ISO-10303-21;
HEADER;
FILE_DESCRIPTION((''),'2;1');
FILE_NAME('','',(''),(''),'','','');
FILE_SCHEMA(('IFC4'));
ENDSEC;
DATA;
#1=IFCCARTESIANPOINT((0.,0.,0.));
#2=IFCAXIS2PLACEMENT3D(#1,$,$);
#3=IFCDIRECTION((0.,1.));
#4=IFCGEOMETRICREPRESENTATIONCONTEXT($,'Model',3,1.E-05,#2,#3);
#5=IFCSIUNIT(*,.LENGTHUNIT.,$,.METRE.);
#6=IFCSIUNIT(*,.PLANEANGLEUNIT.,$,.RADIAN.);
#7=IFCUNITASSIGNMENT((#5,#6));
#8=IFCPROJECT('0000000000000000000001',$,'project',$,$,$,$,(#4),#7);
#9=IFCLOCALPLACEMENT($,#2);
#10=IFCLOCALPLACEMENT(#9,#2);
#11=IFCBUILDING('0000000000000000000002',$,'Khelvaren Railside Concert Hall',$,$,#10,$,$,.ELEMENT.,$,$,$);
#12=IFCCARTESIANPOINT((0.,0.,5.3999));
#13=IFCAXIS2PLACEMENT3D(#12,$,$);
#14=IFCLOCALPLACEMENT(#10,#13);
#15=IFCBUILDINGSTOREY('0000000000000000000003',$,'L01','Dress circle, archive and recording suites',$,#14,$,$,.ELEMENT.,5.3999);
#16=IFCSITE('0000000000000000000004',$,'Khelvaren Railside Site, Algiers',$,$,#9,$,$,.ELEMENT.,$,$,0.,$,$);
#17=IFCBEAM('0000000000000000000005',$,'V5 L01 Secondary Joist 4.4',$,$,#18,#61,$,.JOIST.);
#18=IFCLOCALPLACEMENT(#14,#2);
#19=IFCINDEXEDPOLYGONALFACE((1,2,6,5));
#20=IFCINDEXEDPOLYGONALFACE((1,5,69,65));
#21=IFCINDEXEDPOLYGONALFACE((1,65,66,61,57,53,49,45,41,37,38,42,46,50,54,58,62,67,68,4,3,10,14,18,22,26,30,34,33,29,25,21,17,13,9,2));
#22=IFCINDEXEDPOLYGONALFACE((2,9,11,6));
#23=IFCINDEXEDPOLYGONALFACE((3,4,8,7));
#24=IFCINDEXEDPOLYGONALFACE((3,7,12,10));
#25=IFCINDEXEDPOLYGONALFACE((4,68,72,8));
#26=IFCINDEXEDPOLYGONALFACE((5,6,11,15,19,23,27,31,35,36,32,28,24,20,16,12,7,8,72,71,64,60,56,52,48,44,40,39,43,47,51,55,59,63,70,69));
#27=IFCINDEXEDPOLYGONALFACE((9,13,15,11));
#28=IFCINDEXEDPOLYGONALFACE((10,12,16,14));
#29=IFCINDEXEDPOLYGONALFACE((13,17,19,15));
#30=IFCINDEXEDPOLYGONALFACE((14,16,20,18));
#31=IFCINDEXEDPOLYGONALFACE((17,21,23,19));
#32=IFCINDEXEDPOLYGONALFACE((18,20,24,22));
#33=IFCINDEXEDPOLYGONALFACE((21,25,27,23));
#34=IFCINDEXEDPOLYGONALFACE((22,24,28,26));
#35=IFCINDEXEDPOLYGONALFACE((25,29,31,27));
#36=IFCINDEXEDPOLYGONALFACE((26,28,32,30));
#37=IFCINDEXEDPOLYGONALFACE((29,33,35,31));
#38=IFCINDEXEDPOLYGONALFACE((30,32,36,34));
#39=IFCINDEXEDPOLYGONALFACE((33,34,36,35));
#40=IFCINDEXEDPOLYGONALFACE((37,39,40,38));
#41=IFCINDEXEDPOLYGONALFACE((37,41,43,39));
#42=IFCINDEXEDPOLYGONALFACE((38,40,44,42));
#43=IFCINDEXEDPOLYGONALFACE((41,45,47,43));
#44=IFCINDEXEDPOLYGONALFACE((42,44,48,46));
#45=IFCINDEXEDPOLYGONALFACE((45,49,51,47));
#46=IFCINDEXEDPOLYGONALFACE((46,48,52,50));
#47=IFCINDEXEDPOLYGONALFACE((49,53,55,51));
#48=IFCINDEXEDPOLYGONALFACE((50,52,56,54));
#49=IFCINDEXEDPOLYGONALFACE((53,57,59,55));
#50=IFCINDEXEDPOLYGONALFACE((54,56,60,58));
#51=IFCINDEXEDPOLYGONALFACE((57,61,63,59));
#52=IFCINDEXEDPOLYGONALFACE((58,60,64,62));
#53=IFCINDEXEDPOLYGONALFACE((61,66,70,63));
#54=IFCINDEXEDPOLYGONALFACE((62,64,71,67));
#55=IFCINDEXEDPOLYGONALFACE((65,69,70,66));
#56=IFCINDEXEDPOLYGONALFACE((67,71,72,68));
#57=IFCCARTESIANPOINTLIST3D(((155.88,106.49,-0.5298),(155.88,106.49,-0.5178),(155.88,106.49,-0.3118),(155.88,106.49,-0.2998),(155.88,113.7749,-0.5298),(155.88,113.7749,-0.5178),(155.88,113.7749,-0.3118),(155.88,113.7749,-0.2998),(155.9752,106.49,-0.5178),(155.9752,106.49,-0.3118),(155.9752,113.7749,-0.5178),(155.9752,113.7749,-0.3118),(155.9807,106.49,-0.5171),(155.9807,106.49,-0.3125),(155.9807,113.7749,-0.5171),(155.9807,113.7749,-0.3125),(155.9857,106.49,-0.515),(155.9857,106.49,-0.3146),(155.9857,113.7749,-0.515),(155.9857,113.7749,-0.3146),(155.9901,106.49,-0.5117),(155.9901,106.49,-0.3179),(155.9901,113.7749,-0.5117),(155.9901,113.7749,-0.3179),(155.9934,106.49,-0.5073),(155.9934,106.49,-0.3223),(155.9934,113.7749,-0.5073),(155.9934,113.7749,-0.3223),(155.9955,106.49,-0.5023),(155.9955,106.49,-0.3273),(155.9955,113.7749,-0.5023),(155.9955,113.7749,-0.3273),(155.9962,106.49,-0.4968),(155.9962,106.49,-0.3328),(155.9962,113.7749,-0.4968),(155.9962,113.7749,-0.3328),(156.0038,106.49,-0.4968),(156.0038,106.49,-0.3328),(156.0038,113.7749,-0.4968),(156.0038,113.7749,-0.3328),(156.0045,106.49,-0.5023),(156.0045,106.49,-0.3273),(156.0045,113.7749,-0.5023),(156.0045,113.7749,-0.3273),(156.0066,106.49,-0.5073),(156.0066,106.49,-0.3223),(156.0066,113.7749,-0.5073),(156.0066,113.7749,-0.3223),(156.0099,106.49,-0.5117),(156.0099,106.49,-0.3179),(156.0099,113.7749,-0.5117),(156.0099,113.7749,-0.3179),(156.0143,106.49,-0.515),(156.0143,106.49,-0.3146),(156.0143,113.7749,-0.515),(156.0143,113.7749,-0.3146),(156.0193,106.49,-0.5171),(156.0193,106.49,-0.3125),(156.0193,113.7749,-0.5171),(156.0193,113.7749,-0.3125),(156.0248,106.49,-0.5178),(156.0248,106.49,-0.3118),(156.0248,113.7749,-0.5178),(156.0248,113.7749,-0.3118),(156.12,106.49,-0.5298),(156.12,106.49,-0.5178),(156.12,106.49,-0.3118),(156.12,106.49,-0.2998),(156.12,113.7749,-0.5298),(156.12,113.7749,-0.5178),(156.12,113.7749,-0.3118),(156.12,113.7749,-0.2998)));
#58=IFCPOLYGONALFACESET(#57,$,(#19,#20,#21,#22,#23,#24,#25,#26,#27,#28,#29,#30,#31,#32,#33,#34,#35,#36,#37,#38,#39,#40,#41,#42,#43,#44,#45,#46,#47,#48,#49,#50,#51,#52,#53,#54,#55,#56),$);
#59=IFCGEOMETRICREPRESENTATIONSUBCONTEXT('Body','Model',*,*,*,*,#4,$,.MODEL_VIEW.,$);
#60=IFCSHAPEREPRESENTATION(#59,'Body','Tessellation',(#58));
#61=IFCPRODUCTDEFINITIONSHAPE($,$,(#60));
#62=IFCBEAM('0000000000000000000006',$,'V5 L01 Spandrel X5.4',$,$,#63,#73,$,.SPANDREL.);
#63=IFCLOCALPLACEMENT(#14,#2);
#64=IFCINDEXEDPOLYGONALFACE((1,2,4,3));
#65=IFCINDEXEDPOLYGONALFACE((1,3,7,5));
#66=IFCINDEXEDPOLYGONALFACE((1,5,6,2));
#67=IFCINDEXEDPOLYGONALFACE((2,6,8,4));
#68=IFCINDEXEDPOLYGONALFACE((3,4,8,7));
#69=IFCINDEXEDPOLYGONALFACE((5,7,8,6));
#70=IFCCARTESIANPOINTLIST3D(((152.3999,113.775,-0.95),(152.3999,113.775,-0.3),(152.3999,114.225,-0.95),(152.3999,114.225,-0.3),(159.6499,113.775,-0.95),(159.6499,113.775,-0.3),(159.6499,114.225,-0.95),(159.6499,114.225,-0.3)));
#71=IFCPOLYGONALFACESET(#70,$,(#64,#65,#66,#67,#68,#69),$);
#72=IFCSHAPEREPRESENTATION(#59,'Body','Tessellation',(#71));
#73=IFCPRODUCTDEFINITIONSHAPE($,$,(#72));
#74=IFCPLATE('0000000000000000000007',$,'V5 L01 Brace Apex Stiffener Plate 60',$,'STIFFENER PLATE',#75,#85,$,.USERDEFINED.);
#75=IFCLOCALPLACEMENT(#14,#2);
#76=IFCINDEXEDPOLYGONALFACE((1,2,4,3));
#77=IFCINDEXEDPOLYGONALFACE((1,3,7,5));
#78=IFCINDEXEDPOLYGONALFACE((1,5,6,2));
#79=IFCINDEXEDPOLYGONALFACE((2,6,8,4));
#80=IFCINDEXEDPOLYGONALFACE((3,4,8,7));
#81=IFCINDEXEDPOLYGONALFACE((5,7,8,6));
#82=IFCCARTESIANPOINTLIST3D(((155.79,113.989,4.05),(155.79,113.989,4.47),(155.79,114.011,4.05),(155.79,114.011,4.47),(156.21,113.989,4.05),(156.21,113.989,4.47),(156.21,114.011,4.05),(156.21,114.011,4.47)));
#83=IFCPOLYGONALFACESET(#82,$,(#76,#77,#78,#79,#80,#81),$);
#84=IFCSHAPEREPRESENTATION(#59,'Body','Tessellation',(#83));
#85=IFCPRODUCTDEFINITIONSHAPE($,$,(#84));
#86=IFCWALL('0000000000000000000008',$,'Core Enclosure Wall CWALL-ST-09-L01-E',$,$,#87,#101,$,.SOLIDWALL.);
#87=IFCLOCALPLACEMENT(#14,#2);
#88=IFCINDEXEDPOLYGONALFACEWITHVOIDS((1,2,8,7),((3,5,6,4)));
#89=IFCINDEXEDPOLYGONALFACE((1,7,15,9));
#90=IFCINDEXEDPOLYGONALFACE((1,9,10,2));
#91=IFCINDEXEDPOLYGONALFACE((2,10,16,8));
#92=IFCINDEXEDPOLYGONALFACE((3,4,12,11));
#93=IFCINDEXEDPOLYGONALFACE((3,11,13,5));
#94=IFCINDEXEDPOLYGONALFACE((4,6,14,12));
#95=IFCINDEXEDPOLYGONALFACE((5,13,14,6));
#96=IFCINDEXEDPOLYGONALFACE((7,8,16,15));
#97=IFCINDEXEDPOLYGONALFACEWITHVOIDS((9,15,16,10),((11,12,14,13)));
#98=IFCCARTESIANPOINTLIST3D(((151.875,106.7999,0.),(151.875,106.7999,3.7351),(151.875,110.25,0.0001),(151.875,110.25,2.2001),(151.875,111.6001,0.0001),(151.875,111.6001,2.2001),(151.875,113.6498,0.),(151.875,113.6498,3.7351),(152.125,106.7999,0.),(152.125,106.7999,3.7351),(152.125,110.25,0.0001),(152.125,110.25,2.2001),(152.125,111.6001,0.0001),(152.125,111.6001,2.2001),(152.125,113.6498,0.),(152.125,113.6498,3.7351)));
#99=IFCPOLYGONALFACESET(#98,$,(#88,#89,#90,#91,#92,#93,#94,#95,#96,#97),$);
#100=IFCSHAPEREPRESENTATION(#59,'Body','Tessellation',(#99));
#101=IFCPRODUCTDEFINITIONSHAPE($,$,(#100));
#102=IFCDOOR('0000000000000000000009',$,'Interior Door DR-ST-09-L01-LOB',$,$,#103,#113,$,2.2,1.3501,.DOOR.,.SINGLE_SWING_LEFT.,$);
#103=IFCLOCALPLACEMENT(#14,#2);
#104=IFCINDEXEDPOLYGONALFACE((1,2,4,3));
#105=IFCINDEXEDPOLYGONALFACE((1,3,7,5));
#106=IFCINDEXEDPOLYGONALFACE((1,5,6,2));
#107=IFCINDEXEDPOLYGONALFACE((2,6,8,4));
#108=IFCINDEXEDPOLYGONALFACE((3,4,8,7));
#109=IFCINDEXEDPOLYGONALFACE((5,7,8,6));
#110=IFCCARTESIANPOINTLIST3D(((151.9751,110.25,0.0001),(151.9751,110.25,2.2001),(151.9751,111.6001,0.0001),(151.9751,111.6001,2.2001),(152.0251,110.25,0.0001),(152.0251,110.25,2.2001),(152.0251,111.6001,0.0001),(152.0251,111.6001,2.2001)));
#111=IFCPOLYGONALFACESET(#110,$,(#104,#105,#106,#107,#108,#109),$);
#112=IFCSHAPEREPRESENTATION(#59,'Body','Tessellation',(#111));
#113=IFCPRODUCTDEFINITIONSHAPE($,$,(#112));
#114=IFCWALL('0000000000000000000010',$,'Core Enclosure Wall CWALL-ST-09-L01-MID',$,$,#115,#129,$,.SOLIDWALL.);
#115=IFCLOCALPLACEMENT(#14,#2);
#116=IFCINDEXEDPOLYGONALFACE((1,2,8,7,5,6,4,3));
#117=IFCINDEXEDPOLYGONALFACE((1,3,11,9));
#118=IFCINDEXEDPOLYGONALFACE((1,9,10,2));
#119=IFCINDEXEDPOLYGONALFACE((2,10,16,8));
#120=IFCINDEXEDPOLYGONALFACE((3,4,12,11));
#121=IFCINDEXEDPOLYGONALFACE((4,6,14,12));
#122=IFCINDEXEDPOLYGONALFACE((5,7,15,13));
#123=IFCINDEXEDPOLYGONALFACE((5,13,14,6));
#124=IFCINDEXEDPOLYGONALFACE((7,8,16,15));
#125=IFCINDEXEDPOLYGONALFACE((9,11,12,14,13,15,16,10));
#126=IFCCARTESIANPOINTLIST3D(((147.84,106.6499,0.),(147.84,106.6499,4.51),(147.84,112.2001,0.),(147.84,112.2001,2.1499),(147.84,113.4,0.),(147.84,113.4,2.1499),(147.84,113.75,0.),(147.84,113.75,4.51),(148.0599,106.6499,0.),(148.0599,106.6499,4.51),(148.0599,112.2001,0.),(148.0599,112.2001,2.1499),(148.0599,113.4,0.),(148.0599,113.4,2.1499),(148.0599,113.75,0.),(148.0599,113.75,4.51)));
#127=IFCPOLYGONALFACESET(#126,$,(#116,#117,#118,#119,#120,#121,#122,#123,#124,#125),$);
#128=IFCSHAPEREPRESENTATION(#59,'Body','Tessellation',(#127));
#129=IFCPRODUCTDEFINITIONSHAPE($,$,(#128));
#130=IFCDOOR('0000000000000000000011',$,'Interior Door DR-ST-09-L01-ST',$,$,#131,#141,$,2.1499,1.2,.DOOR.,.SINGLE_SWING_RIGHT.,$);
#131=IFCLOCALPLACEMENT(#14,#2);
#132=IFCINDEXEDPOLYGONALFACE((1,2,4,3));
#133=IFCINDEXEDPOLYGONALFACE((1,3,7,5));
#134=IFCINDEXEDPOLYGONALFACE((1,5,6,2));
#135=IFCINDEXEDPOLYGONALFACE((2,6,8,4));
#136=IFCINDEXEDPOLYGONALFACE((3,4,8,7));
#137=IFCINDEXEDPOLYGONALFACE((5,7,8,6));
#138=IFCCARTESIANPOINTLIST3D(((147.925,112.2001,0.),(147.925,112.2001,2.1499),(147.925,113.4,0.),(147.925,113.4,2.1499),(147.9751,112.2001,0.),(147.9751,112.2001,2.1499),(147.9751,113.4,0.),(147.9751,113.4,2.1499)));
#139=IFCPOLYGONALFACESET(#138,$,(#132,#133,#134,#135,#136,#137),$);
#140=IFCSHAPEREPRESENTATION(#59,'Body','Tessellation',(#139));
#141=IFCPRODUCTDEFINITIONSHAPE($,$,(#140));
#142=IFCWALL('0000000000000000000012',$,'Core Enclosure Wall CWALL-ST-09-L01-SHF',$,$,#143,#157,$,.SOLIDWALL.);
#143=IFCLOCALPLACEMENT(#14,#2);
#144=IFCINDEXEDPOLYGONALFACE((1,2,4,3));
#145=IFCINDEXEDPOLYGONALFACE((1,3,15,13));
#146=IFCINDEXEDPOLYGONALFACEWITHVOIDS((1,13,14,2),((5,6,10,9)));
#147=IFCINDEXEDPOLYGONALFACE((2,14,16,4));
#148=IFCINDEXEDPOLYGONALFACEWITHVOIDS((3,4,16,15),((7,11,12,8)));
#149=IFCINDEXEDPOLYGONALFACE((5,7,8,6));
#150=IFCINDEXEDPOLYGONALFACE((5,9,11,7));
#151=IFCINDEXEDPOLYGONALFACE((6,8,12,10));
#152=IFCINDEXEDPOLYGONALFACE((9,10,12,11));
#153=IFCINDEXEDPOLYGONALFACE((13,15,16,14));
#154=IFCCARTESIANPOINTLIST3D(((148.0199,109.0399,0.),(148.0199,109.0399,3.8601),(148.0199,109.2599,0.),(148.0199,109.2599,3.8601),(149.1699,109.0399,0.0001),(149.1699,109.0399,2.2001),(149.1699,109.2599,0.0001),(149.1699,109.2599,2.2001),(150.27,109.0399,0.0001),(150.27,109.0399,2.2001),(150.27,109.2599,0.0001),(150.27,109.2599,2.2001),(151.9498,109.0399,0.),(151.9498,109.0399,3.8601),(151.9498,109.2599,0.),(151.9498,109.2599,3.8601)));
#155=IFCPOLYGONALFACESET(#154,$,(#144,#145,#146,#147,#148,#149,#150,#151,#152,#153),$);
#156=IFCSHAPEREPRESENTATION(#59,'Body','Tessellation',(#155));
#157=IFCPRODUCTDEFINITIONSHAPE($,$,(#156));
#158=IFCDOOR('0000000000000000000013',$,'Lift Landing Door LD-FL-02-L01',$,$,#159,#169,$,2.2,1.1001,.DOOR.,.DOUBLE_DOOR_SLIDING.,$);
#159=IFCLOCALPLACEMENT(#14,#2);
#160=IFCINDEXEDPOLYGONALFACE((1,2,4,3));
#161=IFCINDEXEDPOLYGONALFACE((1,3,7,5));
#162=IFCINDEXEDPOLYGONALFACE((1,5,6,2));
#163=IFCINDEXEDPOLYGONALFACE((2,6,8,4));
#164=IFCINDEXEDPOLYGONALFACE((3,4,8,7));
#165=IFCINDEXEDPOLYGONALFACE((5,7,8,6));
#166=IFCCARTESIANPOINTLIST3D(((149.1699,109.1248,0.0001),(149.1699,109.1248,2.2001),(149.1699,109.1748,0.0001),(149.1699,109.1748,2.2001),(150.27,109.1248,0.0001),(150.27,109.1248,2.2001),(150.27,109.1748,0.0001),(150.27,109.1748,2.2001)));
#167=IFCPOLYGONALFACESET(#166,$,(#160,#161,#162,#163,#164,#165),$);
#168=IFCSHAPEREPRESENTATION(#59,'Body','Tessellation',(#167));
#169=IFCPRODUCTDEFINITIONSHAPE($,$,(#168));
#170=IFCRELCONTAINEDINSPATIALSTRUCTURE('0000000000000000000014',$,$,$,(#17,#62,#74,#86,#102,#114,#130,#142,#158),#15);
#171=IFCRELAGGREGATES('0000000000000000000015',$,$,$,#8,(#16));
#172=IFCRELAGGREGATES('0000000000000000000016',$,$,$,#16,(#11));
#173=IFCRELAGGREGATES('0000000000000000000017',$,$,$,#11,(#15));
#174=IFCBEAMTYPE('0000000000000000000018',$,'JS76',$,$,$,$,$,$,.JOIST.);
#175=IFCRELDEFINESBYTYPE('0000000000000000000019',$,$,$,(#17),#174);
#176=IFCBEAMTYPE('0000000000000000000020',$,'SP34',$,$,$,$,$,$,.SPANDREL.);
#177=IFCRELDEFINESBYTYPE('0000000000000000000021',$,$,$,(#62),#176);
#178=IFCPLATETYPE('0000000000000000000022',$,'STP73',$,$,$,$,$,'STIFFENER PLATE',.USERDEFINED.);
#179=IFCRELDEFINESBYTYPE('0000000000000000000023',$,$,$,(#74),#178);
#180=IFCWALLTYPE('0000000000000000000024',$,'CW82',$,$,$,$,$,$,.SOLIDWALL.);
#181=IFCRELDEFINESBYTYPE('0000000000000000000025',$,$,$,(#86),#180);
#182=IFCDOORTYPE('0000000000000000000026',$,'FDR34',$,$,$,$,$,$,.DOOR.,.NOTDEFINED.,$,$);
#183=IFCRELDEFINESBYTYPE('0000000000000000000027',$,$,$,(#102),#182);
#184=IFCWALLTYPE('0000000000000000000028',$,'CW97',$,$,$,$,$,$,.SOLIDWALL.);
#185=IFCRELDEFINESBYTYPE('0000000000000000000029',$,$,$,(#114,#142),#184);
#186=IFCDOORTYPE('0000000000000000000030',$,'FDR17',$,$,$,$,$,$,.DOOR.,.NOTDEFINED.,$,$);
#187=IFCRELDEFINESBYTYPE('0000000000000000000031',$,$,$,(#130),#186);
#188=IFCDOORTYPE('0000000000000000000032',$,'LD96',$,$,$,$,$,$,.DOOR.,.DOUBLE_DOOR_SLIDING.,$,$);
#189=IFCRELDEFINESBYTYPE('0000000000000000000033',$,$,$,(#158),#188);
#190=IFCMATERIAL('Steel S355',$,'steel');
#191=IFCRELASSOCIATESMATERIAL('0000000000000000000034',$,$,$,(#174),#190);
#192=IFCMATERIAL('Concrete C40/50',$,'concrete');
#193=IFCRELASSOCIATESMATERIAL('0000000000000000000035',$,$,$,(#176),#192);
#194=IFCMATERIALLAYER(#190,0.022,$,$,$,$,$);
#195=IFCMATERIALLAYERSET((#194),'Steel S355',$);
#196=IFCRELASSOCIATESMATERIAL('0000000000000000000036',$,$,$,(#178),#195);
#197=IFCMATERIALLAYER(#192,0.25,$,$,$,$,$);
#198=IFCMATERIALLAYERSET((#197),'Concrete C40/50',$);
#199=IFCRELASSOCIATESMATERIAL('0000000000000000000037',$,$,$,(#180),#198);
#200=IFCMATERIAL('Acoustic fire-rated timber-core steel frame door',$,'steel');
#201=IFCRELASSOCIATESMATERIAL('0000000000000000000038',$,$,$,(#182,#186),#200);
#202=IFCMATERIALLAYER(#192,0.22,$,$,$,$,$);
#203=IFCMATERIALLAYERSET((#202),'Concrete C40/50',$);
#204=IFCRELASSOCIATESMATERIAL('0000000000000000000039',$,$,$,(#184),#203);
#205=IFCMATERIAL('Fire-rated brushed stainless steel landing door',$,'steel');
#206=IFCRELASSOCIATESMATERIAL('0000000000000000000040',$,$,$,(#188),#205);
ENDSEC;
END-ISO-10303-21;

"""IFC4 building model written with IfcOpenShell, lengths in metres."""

from ifc_helpers import new_model, si_unit, direction, frame, frame_2d, origin, origin_2d, place, context, subcontext, project, spatial, rectangle, i_section, extrude, material, layer, layer_set, material_profile, profile_set, type_object, element, fill, save


model = new_model("IFC4")

# Units and contexts
model_context = context("Model", 3, precision=1e-05, world=origin(), true_north=direction((0.0, 1.0)))
body_context = subcontext(model_context, "Body", "Model", "MODEL_VIEW")
ifc_project = project(units=[si_unit("LENGTHUNIT", "METRE"), si_unit("PLANEANGLEUNIT", "RADIAN")], contexts=[model_context])

# Site, building, storey
site_placement = place(None, origin())
site = spatial("IfcSite", under=ifc_project, at=site_placement, Name="Khelvaren Railside Site, Algiers", CompositionType="ELEMENT", RefElevation=0.0)
building_placement = place(site_placement, origin())
building = spatial("IfcBuilding", under=site, at=building_placement, Name="Khelvaren Railside Concert Hall", CompositionType="ELEMENT")
storey_placement = place(building_placement, frame((0.0, 0.0, 5.3999)))
storey = spatial("IfcBuildingStorey", under=building, at=storey_placement, Name="L01", Description="Dress circle, archive and recording suites", CompositionType="ELEMENT", Elevation=5.3999)

# Shared definitions
ifc_material_1 = material(Name="Steel S355", Category="steel")

# Beams
ifc_material_profile_1 = material_profile(ifc_material_1, i_section(OverallWidth=0.24, OverallDepth=0.23, WebThickness=0.0076, FlangeThickness=0.012, FilletRadius=0.021, at=origin_2d()), Name="HEA 240")
ifc_profile_set_1 = profile_set([ifc_material_profile_1], Name="Steel S355")
beam_type_1 = type_object("IfcBeamType", Name="JS76", PredefinedType="JOIST", material=ifc_profile_set_1)
beam_1_placement = place(storey_placement, frame((156.0, 106.49, -0.4148), z_axis=(0.0, 1.0, 0.0), x_axis=(-1.0, 0.0, 0.0)))
element("IfcBeam", 1, at=beam_1_placement, inside=storey, type_object=beam_type_1, Name="V5 L01 Secondary Joist 4.4", PredefinedType="JOIST", context=body_context, shape_type="SweptSolid", body=[
    extrude(i_section(OverallWidth=0.24, OverallDepth=0.23, WebThickness=0.0076, FlangeThickness=0.012, FilletRadius=0.021, at=origin_2d()), origin(), (0.0, 0.0, 1.0), 7.2849),
])
ifc_material_2 = material(Name="Concrete C40/50", Category="concrete")
ifc_material_profile_2 = material_profile(ifc_material_2, rectangle(XDim=0.45, YDim=0.6499, at=origin_2d()), Name="RCB 450x650")
ifc_profile_set_2 = profile_set([ifc_material_profile_2], Name="Concrete C40/50")
beam_type_2 = type_object("IfcBeamType", Name="SP34", PredefinedType="SPANDREL", material=ifc_profile_set_2)
beam_2_placement = place(storey_placement, frame((152.3999, 114.0, -0.625), z_axis=(1.0, 0.0, 0.0), x_axis=(0.0, 1.0, 0.0)))
element("IfcBeam", 2, at=beam_2_placement, inside=storey, type_object=beam_type_2, Name="V5 L01 Spandrel X5.4", PredefinedType="SPANDREL", context=body_context, shape_type="SweptSolid", body=[
    extrude(rectangle(XDim=0.45, YDim=0.6499, at=origin_2d()), origin(), (0.0, 0.0, 1.0), 7.25),
])

# Plate
ifc_layer_1 = layer(ifc_material_1, 0.022)
ifc_layer_set_1 = layer_set([ifc_layer_1], Name="Steel S355")
plate_type = type_object("IfcPlateType", Name="STP73", ElementType="STIFFENER PLATE", PredefinedType="USERDEFINED", material=ifc_layer_set_1)
plate_placement = place(storey_placement, frame((156.0, 114.0, 4.05), z_axis=(0.0, 0.0, 1.0), x_axis=(1.0, 0.0, 0.0)))
element("IfcPlate", 3, at=plate_placement, inside=storey, type_object=plate_type, Name="V5 L01 Brace Apex Stiffener Plate 60", ObjectType="STIFFENER PLATE", PredefinedType="USERDEFINED", context=body_context, shape_type="SweptSolid", body=[
    extrude(rectangle(XDim=0.4199, YDim=0.022, at=origin_2d()), origin(), (0.0, 0.0, 1.0), 0.4199),
])

# Walls, openings, doors
ifc_layer_2 = layer(ifc_material_2, 0.25)
ifc_layer_set_2 = layer_set([ifc_layer_2], Name="Concrete C40/50")
wall_type_1 = type_object("IfcWallType", Name="CW82", PredefinedType="SOLIDWALL", material=ifc_layer_set_2)
wall_1_placement = place(storey_placement, frame((152.0, 106.8, 0.0), z_axis=(0.0, 0.0, 1.0), x_axis=(0.0, 1.0, 0.0)))
wall_1 = element("IfcWall", 4, at=wall_1_placement, inside=storey, type_object=wall_type_1, Name="Core Enclosure Wall CWALL-ST-09-L01-E", PredefinedType="SOLIDWALL", context=body_context, shape_type="SweptSolid", body=[
    extrude(rectangle(XDim=6.8499, YDim=0.25, at=frame_2d((3.4248, 0.0))), origin(), (0.0, 0.0, 1.0), 3.7351),
])
opening_1_placement = place(wall_1_placement, frame((3.45, 0.0, 0.0)))
opening_1 = element("IfcOpeningElement", 5, at=opening_1_placement, cuts=wall_1, PredefinedType="OPENING", context=body_context, shape_type="SweptSolid", body=[
    extrude(rectangle(XDim=1.3501, YDim=2.2, at=frame_2d((0.675, 1.1001))), frame((0.0, 0.135, 0.0), z_axis=(0.0, -1.0, 0.0), x_axis=(1.0, 0.0, 0.0)), (0.0, 0.0, 1.0), 0.27),
])
ifc_material_3 = material(Name="Acoustic fire-rated timber-core steel frame door", Category="steel")
door_type_1 = type_object("IfcDoorType", Name="FDR34", OperationType="NOTDEFINED", PredefinedType="DOOR", material=ifc_material_3)
door_1_placement = place(opening_1_placement, origin())
door_1 = element("IfcDoor", 6, at=door_1_placement, inside=storey, type_object=door_type_1, Name="Interior Door DR-ST-09-L01-LOB", OperationType="SINGLE_SWING_LEFT", OverallHeight=2.2, OverallWidth=1.3501, PredefinedType="DOOR", context=body_context, shape_type="SweptSolid", body=[
    extrude(rectangle(XDim=1.3501, YDim=2.2, at=frame_2d((0.675, 1.1001))), frame((0.0, 0.0249, 0.0), z_axis=(0.0, -1.0, 0.0), x_axis=(1.0, 0.0, 0.0)), (0.0, 0.0, 1.0), 0.05),
])
fill(opening_1, door_1)
ifc_layer_3 = layer(ifc_material_2, 0.22)
ifc_layer_set_3 = layer_set([ifc_layer_3], Name="Concrete C40/50")
wall_type_2 = type_object("IfcWallType", Name="CW97", PredefinedType="SOLIDWALL", material=ifc_layer_set_3)
wall_2_placement = place(storey_placement, frame((147.95, 106.6499, 0.0), z_axis=(0.0, 0.0, 1.0), x_axis=(0.0, 1.0, 0.0)))
wall_2 = element("IfcWall", 7, at=wall_2_placement, inside=storey, type_object=wall_type_2, Name="Core Enclosure Wall CWALL-ST-09-L01-MID", PredefinedType="SOLIDWALL", context=body_context, shape_type="SweptSolid", body=[
    extrude(rectangle(XDim=7.1001, YDim=0.22, at=frame_2d((3.55, 0.0))), origin(), (0.0, 0.0, 1.0), 4.51),
])
opening_2_placement = place(wall_2_placement, frame((5.55, 0.0, 0.0)))
opening_2 = element("IfcOpeningElement", 8, at=opening_2_placement, cuts=wall_2, PredefinedType="OPENING", context=body_context, shape_type="SweptSolid", body=[
    extrude(rectangle(XDim=1.2, YDim=2.1499, at=frame_2d((0.6001, 1.075))), frame((0.0, 0.1199, 0.0), z_axis=(0.0, -1.0, 0.0), x_axis=(1.0, 0.0, 0.0)), (0.0, 0.0, 1.0), 0.24),
])
door_type_2 = type_object("IfcDoorType", Name="FDR17", OperationType="NOTDEFINED", PredefinedType="DOOR", material=ifc_material_3)
door_2_placement = place(opening_2_placement, origin())
door_2 = element("IfcDoor", 9, at=door_2_placement, inside=storey, type_object=door_type_2, Name="Interior Door DR-ST-09-L01-ST", OperationType="SINGLE_SWING_RIGHT", OverallHeight=2.1499, OverallWidth=1.2, PredefinedType="DOOR", context=body_context, shape_type="SweptSolid", body=[
    extrude(rectangle(XDim=1.2, YDim=2.1499, at=frame_2d((0.6001, 1.075))), frame((0.0, 0.0249, 0.0), z_axis=(0.0, -1.0, 0.0), x_axis=(1.0, 0.0, 0.0)), (0.0, 0.0, 1.0), 0.05),
])
fill(opening_2, door_2)
wall_3_placement = place(storey_placement, frame((148.02, 109.1499, 0.0), z_axis=(0.0, 0.0, 1.0), x_axis=(1.0, 0.0, 0.0)))
wall_3 = element("IfcWall", 10, at=wall_3_placement, inside=storey, type_object=wall_type_2, Name="Core Enclosure Wall CWALL-ST-09-L01-SHF", PredefinedType="SOLIDWALL", context=body_context, shape_type="SweptSolid", body=[
    extrude(rectangle(XDim=3.9299, YDim=0.22, at=frame_2d((1.9648, 0.0))), origin(), (0.0, 0.0, 1.0), 3.8601),
])
opening_3_placement = place(wall_3_placement, frame((1.1499, 0.0, 0.0)))
opening_3 = element("IfcOpeningElement", 11, at=opening_3_placement, cuts=wall_3, PredefinedType="OPENING", context=body_context, shape_type="SweptSolid", body=[
    extrude(rectangle(XDim=1.1001, YDim=2.2, at=frame_2d((0.55, 1.1001))), frame((0.0, 0.1199, 0.0), z_axis=(0.0, -1.0, 0.0), x_axis=(1.0, 0.0, 0.0)), (0.0, 0.0, 1.0), 0.24),
])
ifc_material_4 = material(Name="Fire-rated brushed stainless steel landing door", Category="steel")
door_type_3 = type_object("IfcDoorType", Name="LD96", OperationType="DOUBLE_DOOR_SLIDING", PredefinedType="DOOR", material=ifc_material_4)
door_3_placement = place(opening_3_placement, origin())
door_3 = element("IfcDoor", 12, at=door_3_placement, inside=storey, type_object=door_type_3, Name="Lift Landing Door LD-FL-02-L01", OperationType="DOUBLE_DOOR_SLIDING", OverallHeight=2.2, OverallWidth=1.1001, PredefinedType="DOOR", context=body_context, shape_type="SweptSolid", body=[
    extrude(rectangle(XDim=1.1001, YDim=2.2, at=frame_2d((0.55, 1.1001))), frame((0.0, 0.0249, 0.0), z_axis=(0.0, -1.0, 0.0), x_axis=(1.0, 0.0, 0.0)), (0.0, 0.0, 1.0), 0.05),
])
fill(opening_3, door_3)

save(model, "model.ifc")
